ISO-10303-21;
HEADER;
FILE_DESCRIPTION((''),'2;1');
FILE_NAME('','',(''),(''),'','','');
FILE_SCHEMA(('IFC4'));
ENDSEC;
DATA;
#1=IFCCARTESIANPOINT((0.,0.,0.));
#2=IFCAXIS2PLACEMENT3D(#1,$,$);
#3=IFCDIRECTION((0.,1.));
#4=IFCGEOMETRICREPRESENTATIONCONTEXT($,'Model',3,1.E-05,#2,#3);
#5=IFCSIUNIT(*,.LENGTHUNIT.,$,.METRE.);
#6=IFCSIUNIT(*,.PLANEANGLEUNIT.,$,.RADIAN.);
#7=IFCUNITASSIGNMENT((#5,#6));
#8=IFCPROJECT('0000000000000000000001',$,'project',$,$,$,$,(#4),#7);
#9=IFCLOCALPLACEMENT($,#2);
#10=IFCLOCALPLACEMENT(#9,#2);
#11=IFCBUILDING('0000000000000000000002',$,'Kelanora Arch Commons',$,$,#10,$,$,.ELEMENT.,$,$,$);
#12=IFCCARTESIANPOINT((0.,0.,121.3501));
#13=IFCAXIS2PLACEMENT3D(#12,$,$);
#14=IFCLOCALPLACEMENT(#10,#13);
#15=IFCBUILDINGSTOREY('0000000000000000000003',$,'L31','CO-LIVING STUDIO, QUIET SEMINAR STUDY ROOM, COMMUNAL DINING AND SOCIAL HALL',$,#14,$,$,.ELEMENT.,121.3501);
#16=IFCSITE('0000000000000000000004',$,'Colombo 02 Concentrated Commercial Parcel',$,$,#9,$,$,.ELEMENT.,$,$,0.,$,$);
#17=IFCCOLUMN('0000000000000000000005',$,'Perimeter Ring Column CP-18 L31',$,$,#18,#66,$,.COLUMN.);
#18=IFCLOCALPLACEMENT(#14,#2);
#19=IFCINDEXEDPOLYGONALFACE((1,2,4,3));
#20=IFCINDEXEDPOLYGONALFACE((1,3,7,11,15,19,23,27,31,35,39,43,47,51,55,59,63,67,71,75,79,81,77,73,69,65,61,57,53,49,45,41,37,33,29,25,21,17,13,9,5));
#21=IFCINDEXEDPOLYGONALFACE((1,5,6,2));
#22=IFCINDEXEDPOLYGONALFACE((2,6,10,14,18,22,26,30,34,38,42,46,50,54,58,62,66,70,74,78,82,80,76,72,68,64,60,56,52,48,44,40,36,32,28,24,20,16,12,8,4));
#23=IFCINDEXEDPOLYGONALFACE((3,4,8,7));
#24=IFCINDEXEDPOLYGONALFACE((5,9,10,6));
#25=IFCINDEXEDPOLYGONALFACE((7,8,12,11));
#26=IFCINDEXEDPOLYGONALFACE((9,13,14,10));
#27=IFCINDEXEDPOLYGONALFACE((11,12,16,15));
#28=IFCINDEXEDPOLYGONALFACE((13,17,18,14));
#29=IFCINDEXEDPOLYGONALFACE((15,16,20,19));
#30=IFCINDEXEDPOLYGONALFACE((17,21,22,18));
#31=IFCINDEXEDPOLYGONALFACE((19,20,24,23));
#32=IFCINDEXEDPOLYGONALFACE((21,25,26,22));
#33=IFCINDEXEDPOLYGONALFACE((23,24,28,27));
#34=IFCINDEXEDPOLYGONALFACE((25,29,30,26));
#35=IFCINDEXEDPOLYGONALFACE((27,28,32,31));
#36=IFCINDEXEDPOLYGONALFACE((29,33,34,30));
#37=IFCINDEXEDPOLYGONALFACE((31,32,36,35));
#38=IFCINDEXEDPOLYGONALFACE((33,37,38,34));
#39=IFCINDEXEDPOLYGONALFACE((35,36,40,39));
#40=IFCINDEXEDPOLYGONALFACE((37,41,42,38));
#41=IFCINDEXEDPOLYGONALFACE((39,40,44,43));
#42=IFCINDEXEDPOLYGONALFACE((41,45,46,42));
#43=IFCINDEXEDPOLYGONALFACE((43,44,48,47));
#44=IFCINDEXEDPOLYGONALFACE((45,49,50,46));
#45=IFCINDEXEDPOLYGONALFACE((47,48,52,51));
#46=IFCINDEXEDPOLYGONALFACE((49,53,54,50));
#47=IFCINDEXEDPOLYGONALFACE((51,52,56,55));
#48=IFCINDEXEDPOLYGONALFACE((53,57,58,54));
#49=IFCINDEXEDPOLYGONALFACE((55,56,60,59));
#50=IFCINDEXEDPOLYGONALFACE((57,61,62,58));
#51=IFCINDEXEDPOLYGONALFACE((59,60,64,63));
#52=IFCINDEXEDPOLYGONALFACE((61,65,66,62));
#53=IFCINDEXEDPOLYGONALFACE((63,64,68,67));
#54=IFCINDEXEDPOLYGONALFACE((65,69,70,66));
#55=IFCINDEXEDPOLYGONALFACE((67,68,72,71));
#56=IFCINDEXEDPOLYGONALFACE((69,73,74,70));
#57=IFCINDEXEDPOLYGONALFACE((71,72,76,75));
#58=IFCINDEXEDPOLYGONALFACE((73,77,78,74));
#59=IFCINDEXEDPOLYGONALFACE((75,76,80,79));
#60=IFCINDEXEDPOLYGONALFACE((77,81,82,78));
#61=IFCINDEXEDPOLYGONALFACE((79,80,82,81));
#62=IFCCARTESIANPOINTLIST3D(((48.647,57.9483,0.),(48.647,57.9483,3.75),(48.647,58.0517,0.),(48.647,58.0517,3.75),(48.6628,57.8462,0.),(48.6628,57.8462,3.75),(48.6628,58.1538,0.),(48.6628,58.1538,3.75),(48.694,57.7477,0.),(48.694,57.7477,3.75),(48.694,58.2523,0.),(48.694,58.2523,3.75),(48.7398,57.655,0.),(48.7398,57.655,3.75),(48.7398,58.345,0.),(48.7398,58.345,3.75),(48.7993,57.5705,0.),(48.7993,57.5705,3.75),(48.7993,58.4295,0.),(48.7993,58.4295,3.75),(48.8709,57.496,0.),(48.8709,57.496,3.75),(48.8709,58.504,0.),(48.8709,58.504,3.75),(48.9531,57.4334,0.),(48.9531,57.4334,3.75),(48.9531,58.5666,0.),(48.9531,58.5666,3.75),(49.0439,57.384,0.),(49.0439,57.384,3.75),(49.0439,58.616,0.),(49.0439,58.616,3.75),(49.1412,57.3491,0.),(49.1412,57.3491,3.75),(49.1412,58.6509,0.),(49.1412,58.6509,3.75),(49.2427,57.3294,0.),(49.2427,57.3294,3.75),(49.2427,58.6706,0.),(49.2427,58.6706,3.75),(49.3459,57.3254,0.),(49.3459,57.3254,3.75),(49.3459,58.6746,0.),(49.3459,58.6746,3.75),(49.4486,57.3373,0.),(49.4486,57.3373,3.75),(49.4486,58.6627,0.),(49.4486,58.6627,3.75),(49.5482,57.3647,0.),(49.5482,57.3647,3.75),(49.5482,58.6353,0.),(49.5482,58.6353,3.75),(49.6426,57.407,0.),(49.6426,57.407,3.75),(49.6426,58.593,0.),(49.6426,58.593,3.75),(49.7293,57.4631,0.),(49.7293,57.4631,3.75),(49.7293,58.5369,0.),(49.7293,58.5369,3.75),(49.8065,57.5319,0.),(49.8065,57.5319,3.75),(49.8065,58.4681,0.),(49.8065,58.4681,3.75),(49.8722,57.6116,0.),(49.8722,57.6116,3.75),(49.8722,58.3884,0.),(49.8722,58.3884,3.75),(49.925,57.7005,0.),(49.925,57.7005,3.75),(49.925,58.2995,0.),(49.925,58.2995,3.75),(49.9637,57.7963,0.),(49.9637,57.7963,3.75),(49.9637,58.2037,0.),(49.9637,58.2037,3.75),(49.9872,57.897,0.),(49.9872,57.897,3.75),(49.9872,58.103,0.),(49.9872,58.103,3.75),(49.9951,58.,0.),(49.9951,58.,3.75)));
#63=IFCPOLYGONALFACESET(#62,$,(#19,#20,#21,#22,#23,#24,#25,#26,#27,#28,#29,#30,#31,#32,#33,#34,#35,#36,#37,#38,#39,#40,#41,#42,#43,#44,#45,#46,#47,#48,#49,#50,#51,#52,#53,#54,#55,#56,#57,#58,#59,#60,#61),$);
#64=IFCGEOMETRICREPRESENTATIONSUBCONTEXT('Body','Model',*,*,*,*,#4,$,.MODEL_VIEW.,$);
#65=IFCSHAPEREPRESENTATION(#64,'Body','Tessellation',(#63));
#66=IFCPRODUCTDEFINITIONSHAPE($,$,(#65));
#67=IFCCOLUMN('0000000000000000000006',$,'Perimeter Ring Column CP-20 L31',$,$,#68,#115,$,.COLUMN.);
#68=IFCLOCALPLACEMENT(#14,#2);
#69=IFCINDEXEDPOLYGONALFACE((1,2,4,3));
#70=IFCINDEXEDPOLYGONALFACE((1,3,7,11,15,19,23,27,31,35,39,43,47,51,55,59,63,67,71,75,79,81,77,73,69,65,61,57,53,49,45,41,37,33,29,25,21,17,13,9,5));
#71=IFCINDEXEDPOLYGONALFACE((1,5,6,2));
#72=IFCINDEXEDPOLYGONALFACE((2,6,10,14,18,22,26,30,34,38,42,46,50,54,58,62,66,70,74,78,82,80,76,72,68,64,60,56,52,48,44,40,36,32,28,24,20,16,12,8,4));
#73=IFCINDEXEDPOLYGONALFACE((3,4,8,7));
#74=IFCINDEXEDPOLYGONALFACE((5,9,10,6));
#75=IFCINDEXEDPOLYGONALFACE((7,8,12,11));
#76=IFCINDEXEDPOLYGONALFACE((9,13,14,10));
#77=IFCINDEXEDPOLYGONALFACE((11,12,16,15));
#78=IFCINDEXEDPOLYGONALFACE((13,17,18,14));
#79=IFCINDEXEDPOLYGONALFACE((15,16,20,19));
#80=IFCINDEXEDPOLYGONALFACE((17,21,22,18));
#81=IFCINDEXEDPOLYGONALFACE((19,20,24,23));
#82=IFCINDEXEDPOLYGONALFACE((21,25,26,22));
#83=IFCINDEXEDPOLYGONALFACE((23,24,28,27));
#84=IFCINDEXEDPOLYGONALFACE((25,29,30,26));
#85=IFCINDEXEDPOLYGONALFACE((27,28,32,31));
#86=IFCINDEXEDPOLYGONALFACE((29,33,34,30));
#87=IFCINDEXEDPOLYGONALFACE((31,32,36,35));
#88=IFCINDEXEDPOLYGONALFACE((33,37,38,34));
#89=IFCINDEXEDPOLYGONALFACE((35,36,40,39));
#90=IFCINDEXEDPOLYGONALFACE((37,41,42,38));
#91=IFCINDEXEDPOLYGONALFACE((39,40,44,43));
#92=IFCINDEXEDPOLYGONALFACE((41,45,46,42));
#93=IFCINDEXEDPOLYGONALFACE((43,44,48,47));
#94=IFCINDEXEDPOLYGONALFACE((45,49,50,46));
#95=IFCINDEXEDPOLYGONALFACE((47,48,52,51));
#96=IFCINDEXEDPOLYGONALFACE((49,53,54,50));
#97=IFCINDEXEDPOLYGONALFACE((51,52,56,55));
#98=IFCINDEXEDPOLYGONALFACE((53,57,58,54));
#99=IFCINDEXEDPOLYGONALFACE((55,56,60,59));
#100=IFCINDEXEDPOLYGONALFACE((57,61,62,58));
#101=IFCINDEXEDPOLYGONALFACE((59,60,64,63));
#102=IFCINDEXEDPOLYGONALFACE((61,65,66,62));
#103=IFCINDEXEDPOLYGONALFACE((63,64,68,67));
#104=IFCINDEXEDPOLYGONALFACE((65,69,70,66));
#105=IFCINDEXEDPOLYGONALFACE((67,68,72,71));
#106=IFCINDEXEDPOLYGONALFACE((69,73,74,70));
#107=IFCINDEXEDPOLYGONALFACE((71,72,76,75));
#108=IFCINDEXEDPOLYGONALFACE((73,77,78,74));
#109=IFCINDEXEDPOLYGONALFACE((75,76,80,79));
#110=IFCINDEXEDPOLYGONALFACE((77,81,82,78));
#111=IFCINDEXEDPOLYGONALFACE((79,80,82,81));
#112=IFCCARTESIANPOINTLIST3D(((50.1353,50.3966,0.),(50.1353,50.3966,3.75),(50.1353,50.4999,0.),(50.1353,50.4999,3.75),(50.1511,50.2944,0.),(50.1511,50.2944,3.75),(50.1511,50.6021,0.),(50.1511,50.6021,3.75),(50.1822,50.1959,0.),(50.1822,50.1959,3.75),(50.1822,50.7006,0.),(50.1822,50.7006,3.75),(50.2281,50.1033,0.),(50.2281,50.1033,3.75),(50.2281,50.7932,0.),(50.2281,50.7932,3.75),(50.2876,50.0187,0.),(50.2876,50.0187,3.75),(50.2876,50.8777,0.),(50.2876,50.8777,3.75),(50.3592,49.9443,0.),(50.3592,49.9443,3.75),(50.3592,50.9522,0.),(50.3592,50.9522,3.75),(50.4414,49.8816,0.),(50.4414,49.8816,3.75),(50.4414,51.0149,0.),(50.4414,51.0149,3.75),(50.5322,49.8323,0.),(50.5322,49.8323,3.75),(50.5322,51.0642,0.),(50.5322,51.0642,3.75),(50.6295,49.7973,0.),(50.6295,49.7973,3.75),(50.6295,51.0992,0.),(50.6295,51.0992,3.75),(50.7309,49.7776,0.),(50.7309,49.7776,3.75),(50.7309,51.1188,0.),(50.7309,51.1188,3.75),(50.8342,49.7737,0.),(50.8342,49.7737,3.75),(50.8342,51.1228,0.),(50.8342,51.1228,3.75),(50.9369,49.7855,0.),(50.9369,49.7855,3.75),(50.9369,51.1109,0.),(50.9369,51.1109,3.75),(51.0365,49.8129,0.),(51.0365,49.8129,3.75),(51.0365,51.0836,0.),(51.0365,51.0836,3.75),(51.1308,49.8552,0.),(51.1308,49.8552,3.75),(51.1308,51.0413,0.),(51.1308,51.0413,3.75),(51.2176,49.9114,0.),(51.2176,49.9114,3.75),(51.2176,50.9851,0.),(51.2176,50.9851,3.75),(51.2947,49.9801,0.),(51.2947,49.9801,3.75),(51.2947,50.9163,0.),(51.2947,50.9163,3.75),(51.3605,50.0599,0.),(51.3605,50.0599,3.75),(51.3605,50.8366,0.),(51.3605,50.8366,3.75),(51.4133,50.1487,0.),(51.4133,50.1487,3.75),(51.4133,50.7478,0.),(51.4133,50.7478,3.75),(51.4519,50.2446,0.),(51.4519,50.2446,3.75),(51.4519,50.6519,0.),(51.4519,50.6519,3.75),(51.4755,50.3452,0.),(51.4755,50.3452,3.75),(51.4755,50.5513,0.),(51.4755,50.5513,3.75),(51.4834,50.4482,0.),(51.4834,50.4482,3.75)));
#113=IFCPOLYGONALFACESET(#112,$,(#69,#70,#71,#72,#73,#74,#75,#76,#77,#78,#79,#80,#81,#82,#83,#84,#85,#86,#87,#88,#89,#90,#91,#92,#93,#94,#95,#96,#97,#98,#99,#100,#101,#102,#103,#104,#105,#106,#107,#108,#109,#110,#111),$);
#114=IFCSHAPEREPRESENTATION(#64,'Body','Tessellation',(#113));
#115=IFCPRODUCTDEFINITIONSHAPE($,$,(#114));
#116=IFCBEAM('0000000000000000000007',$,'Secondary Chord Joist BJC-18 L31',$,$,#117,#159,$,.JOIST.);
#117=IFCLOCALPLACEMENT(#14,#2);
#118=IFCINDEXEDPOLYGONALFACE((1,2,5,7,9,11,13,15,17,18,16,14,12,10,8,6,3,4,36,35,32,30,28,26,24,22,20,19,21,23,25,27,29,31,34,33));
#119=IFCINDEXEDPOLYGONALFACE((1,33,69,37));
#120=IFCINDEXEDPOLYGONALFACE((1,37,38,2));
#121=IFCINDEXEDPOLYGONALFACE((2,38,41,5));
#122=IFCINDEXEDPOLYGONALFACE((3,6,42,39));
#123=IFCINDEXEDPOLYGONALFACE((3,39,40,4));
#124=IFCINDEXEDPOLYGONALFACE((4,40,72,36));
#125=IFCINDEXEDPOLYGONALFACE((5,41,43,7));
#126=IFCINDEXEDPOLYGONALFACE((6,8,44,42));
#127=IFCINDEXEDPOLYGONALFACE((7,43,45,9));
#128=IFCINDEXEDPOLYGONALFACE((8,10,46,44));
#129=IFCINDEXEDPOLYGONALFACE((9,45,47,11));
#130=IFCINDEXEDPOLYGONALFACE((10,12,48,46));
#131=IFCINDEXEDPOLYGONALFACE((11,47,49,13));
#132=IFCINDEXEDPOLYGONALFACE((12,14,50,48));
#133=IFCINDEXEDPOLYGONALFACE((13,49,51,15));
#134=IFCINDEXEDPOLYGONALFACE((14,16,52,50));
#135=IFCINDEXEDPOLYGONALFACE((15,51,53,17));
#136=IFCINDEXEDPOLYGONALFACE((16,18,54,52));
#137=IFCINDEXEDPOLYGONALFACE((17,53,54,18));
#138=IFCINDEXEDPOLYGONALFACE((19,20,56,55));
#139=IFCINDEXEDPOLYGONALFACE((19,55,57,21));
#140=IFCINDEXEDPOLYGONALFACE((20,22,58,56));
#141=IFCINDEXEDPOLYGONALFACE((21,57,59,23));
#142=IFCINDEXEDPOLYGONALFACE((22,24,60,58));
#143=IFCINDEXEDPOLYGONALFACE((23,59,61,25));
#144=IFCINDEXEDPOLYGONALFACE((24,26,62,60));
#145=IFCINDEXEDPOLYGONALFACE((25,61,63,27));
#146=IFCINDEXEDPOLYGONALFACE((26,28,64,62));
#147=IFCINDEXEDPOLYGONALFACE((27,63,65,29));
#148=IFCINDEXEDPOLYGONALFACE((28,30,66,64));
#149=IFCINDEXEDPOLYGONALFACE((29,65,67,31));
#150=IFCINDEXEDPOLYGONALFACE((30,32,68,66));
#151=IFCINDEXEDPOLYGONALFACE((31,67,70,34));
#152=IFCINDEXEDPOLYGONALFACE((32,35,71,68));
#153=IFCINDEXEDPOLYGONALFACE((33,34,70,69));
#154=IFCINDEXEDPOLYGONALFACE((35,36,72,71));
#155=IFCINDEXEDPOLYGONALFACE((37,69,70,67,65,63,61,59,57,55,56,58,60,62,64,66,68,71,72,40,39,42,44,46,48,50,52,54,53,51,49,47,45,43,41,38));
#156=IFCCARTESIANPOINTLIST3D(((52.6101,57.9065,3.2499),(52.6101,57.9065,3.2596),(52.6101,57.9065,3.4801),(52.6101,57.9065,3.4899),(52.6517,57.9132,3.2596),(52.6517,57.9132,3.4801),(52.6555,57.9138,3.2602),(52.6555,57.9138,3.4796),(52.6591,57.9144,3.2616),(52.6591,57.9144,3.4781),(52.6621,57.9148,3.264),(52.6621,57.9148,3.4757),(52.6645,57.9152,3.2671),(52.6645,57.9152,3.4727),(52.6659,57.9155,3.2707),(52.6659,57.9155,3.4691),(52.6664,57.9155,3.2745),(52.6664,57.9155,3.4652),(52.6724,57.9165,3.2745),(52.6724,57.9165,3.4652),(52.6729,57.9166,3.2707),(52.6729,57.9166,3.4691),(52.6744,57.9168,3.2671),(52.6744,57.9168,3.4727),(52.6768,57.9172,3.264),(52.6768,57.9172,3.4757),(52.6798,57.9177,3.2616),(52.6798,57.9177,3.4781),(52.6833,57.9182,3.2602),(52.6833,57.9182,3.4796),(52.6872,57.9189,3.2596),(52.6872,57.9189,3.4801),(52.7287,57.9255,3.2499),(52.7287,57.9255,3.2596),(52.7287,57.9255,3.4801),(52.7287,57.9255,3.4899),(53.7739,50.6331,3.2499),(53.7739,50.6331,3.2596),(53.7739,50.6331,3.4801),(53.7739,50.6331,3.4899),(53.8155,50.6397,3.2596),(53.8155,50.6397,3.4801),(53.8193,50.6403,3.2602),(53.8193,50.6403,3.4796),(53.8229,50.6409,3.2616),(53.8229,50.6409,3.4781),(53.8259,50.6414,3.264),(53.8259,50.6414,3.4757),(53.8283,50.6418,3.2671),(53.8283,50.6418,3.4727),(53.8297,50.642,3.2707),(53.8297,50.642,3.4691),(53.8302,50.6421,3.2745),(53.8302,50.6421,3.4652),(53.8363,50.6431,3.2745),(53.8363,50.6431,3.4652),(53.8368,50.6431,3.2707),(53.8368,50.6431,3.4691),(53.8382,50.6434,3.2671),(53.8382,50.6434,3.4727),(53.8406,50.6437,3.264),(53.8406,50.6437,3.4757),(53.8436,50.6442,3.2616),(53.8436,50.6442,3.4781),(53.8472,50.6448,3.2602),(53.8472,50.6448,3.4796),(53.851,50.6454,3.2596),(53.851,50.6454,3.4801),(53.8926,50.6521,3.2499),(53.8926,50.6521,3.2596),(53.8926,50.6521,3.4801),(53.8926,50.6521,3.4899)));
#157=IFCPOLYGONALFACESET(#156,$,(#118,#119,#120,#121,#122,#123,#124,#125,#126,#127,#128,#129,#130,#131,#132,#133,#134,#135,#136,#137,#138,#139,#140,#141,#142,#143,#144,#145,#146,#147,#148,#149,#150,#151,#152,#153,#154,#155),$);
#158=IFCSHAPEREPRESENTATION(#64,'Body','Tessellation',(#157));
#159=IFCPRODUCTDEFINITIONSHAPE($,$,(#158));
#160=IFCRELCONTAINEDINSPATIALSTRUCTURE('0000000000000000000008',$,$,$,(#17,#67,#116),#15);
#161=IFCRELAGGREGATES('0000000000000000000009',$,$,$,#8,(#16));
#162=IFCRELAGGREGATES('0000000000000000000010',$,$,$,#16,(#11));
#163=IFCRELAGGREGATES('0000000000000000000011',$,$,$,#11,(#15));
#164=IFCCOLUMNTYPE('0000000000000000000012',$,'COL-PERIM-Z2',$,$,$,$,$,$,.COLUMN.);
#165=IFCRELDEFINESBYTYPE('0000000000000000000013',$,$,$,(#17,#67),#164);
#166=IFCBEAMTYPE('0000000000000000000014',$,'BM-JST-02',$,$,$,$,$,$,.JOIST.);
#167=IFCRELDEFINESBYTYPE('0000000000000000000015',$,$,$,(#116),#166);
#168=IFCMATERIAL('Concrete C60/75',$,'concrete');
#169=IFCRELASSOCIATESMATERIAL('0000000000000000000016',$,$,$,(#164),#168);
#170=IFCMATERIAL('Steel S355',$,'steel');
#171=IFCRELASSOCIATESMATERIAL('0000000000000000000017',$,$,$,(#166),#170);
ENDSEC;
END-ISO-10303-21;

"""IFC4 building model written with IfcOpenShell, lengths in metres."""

from ifc_helpers import new_model, si_unit, direction, frame, origin, origin_2d, place, context, subcontext, project, spatial, circle, i_section, extrude, material, material_profile, profile_set, type_object, element, save


model = new_model("IFC4")

# Units and contexts
model_context = context("Model", 3, precision=1e-05, world=origin(), true_north=direction((0.0, 1.0)))
body_context = subcontext(model_context, "Body", "Model", "MODEL_VIEW")
ifc_project = project(units=[si_unit("LENGTHUNIT", "METRE"), si_unit("PLANEANGLEUNIT", "RADIAN")], contexts=[model_context])

# Site, building, storey
site_placement = place(None, origin())
site = spatial("IfcSite", under=ifc_project, at=site_placement, Name="Colombo 02 Concentrated Commercial Parcel", CompositionType="ELEMENT", RefElevation=0.0)
building_placement = place(site_placement, origin())
building = spatial("IfcBuilding", under=site, at=building_placement, Name="Kelanora Arch Commons", CompositionType="ELEMENT")
storey_placement = place(building_placement, frame((0.0, 0.0, 121.3501)))
storey = spatial("IfcBuildingStorey", under=building, at=storey_placement, Name="L31", Description="CO-LIVING STUDIO, QUIET SEMINAR STUDY ROOM, COMMUNAL DINING AND SOCIAL HALL", CompositionType="ELEMENT", Elevation=121.3501)

# Columns
ifc_material_1 = material(Name="Concrete C60/75", Category="concrete")
ifc_material_profile_1 = material_profile(ifc_material_1, circle(Radius=0.675, at=origin_2d()), Name="RCC1350")
ifc_profile_set_1 = profile_set([ifc_material_profile_1], Name="Concrete C60/75")
column_type = type_object("IfcColumnType", Name="COL-PERIM-Z2", PredefinedType="COLUMN", material=ifc_profile_set_1)
for number, where, z_axis, x_axis, name in (
    (1, (49.3201, 58.0, 0.0), (0.0, 0.0, 1.0), (1.0, 0.0, 0.0), "Perimeter Ring Column CP-18 L31"),
    (2, (50.8083, 50.4482, 0.0), (0.0, 0.0, 1.0), (1.0, 0.0, 0.0), "Perimeter Ring Column CP-20 L31"),
):
    element("IfcColumn", number, at=place(storey_placement, frame(where, z_axis=z_axis, x_axis=x_axis)), inside=storey, type_object=column_type, Name=name, PredefinedType="COLUMN", context=body_context, shape_type="SweptSolid", body=[
        extrude(circle(Radius=0.675, at=origin_2d()), origin(), (0.0, 0.0, 1.0), 3.75),
    ])

# Beam
ifc_material_2 = material(Name="Steel S355", Category="steel")
ifc_material_profile_2 = material_profile(ifc_material_2, i_section(OverallWidth=0.1201, OverallDepth=0.24, WebThickness=0.0061, FlangeThickness=0.0098, FilletRadius=0.0149, at=origin_2d()), Name="IPE240")
ifc_profile_set_2 = profile_set([ifc_material_profile_2], Name="Steel S355")
beam_type_1 = type_object("IfcBeamType", Name="BM-JST-02", PredefinedType="JOIST", material=ifc_profile_set_2)
beam_1_placement = place(storey_placement, frame((52.6694, 57.916, 3.3699), z_axis=(0.158, -0.987439, 0.0), x_axis=(0.987439, 0.158, 0.0)))
element("IfcBeam", 3, at=beam_1_placement, inside=storey, type_object=beam_type_1, Name="Secondary Chord Joist BJC-18 L31", PredefinedType="JOIST", context=body_context, shape_type="SweptSolid", body=[
    extrude(i_section(OverallWidth=0.1201, OverallDepth=0.24, WebThickness=0.0061, FlangeThickness=0.0098, FilletRadius=0.0149, at=origin_2d()), origin(), (0.0, 0.0, 1.0), 7.366),
])

save(model, "model.ifc")
